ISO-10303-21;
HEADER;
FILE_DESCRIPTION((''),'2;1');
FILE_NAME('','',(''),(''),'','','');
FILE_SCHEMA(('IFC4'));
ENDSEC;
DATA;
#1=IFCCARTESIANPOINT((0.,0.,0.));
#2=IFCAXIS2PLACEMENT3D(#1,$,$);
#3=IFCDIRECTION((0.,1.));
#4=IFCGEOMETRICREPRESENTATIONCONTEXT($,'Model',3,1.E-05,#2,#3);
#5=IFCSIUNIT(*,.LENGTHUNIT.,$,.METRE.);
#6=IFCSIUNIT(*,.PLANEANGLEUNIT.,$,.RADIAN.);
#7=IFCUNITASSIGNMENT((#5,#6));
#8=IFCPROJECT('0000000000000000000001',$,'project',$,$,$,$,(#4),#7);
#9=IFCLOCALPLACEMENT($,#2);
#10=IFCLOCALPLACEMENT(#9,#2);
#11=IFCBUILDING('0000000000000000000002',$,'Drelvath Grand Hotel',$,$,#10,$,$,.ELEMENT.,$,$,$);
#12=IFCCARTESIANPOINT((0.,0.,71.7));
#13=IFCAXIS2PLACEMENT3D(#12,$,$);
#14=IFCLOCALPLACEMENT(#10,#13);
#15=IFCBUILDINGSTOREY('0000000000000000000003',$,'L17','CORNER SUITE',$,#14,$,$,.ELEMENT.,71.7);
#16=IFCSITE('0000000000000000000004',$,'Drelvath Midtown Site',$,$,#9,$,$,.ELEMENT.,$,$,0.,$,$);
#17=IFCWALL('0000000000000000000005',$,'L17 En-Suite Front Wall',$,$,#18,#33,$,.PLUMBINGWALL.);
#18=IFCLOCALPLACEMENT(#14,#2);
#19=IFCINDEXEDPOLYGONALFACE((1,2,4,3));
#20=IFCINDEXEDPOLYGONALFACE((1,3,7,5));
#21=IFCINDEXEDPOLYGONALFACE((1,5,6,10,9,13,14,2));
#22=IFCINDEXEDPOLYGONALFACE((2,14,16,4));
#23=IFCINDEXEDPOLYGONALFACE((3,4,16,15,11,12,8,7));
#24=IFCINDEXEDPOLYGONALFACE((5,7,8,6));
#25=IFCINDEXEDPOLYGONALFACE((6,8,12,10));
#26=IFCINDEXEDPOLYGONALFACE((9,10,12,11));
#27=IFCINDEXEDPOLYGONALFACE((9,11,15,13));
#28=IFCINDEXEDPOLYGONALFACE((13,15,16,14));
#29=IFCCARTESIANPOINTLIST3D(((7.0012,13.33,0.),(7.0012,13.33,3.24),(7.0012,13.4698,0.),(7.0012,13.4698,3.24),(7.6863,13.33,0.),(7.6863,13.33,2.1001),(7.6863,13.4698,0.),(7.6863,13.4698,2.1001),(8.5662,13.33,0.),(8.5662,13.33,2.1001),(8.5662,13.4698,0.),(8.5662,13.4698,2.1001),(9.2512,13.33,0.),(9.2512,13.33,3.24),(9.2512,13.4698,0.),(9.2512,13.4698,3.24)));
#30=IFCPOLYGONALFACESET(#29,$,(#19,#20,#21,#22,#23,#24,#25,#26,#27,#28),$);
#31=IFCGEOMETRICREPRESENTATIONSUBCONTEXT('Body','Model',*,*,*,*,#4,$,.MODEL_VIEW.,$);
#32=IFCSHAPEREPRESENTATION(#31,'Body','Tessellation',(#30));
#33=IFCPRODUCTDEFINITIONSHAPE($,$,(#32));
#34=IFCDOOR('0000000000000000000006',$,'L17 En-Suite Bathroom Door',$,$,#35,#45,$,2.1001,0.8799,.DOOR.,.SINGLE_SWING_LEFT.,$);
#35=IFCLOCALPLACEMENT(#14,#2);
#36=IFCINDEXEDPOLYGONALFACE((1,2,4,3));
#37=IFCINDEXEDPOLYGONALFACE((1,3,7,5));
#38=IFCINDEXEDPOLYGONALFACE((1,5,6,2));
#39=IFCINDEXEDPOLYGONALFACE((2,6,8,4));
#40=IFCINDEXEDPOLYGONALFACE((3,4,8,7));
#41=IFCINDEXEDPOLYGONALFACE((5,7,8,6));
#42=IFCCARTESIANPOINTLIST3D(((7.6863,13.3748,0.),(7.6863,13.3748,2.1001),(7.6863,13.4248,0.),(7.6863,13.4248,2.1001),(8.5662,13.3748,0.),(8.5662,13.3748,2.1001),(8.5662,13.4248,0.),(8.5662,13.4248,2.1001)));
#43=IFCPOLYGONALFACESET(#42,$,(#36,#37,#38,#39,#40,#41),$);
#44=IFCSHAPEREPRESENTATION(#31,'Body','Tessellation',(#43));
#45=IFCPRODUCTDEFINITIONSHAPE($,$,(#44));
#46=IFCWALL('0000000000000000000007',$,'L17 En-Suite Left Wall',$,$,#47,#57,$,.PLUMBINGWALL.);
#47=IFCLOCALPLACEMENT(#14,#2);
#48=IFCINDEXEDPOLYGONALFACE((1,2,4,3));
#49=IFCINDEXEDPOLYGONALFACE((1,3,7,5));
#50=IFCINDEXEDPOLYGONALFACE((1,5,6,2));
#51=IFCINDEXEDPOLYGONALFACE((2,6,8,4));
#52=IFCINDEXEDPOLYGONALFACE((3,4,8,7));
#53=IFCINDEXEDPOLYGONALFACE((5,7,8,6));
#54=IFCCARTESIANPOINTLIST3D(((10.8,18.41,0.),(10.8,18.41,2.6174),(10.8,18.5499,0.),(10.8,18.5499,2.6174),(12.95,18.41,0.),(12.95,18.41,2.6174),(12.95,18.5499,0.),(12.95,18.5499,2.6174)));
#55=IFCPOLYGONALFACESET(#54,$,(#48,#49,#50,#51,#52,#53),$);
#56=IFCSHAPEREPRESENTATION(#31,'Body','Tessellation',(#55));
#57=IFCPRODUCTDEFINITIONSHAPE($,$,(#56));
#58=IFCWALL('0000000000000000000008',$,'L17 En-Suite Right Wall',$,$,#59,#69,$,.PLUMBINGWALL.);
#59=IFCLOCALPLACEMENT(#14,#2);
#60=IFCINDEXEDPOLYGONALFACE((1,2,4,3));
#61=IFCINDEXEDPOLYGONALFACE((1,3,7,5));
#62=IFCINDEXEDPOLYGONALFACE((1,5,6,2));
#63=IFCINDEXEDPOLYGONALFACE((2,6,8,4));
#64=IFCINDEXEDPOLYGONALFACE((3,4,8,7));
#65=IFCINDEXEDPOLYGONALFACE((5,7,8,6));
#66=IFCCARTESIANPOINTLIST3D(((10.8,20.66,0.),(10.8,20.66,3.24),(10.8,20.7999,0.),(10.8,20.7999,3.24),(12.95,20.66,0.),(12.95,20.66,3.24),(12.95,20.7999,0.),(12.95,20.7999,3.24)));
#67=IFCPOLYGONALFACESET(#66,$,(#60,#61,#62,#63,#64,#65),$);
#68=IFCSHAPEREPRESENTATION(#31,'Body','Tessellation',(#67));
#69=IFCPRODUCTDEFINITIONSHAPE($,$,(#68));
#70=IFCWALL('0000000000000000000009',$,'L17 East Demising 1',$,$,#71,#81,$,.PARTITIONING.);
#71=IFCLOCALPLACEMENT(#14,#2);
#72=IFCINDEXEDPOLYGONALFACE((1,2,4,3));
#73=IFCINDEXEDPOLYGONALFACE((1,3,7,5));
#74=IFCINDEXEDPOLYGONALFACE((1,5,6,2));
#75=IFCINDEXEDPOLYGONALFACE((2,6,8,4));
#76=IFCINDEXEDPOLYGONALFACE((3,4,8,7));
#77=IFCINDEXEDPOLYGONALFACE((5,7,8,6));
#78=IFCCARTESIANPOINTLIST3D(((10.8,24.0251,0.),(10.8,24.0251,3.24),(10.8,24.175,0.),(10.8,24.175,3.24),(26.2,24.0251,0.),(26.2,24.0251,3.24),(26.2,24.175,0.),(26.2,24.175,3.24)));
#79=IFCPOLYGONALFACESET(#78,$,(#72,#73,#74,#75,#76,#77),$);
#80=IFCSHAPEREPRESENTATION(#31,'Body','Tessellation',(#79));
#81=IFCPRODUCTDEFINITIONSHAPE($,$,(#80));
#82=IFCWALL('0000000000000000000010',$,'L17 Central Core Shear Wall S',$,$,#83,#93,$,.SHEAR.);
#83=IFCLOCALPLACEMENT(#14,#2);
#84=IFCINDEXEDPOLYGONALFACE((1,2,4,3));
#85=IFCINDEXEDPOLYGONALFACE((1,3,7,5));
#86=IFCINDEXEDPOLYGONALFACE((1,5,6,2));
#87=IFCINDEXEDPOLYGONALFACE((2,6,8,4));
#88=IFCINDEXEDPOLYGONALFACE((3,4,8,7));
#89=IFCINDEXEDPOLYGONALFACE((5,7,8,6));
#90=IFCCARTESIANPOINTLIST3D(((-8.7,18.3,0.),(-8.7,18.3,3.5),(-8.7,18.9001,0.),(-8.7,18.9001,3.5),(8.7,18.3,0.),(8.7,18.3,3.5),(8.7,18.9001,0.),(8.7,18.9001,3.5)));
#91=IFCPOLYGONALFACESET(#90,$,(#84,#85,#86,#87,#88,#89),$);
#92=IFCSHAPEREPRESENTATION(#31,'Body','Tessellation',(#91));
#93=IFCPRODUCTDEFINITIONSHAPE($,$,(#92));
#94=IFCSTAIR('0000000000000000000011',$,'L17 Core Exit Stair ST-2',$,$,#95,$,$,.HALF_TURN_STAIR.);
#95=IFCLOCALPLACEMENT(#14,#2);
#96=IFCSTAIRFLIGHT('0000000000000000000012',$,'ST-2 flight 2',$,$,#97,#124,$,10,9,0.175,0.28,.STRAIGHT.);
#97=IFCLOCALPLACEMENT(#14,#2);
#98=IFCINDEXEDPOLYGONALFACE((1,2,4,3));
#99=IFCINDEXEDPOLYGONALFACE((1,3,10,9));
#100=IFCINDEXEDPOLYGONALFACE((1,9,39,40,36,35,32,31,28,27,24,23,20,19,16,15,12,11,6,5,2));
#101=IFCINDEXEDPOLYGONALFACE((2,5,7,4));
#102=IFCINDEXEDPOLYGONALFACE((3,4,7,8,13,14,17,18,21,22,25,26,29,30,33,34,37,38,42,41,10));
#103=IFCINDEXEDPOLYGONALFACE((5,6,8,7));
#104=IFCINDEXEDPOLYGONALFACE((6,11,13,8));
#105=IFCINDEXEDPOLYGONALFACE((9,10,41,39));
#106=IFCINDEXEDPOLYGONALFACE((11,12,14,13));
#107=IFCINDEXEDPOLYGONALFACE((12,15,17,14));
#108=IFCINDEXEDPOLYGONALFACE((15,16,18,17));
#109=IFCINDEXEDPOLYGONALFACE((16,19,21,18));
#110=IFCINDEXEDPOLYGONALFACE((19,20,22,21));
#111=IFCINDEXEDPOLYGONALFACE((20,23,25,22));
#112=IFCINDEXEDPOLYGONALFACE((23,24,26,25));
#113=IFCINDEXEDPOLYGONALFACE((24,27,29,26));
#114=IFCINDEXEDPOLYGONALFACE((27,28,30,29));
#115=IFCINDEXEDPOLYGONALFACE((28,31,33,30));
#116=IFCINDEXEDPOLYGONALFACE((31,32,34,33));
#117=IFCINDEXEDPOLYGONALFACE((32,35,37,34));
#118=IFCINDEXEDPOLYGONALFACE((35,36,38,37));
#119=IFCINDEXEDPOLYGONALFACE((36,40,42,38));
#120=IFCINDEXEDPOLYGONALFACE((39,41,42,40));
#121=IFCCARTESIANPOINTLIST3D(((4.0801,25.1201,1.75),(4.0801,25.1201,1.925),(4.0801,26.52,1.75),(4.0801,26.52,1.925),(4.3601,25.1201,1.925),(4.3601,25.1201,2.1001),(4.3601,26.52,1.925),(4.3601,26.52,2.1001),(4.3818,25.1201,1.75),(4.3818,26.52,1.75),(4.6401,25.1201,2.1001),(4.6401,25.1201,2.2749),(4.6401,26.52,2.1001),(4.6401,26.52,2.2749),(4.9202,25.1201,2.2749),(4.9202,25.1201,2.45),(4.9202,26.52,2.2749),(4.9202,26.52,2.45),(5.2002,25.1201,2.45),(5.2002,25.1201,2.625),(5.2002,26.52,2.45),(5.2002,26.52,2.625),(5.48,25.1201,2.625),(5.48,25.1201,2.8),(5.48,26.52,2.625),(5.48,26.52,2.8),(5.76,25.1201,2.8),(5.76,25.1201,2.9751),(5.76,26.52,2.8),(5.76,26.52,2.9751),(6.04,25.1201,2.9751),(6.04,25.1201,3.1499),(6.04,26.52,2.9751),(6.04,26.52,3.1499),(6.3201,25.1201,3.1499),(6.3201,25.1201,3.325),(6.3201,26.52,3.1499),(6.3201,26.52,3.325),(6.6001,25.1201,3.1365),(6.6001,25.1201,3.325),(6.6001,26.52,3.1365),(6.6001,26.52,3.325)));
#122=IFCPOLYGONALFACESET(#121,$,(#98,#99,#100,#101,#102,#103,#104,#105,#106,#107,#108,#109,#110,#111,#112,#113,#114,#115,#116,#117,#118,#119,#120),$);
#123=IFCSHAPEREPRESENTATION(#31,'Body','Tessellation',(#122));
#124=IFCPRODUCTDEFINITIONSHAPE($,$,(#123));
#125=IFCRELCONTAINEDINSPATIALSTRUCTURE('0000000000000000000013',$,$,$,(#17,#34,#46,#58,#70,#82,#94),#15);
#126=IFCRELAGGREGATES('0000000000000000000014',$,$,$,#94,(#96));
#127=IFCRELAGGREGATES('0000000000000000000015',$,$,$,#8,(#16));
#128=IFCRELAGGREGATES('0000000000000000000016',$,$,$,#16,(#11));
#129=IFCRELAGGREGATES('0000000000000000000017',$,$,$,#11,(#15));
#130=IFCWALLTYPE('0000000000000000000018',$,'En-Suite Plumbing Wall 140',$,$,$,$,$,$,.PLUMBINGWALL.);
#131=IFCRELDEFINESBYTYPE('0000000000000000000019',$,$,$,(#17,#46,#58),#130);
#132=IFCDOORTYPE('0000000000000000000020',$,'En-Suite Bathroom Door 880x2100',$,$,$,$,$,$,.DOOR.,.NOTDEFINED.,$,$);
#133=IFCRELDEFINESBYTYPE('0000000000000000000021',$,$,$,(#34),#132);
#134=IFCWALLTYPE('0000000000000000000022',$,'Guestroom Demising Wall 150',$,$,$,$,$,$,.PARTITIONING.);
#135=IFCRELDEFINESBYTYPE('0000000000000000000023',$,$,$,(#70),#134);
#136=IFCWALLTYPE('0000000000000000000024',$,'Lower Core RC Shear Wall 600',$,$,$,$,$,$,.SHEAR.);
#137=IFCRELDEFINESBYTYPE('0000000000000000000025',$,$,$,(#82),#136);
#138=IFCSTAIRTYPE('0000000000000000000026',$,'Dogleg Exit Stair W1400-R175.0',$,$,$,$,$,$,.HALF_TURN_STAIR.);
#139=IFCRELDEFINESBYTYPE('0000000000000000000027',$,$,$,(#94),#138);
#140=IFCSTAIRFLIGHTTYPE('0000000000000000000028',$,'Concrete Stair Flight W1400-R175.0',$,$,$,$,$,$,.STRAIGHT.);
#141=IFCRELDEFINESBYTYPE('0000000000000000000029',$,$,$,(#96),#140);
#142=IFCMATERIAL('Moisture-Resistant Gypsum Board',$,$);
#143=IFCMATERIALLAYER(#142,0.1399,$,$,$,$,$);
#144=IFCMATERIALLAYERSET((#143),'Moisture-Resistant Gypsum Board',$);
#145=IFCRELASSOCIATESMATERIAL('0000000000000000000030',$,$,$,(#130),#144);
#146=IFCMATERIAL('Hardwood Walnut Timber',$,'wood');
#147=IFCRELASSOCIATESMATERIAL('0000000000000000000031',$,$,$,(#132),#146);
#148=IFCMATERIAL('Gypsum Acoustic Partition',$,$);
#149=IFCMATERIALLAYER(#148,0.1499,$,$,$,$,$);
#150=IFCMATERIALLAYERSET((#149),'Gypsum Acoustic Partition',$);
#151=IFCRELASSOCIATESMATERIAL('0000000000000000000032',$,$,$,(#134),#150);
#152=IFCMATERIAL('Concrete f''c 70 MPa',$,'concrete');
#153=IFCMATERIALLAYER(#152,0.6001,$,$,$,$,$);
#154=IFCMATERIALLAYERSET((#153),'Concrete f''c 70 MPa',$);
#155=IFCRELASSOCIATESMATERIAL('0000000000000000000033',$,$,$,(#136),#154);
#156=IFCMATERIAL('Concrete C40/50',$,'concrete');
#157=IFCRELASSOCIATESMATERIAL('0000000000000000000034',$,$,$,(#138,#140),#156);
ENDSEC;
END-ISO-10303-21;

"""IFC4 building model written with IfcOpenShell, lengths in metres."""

from ifc_helpers import new_model, si_unit, direction, frame, frame_2d, origin, place, context, subcontext, project, spatial, polyline, rectangle, outline, extrude, material, layer, layer_set, type_object, element, fill, aggregate, save


model = new_model("IFC4")

# Units and contexts
model_context = context("Model", 3, precision=1e-05, world=origin(), true_north=direction((0.0, 1.0)))
body_context = subcontext(model_context, "Body", "Model", "MODEL_VIEW")
ifc_project = project(units=[si_unit("LENGTHUNIT", "METRE"), si_unit("PLANEANGLEUNIT", "RADIAN")], contexts=[model_context])

# Site, building, storey
site_placement = place(None, origin())
site = spatial("IfcSite", under=ifc_project, at=site_placement, Name="Drelvath Midtown Site", CompositionType="ELEMENT", RefElevation=0.0)
building_placement = place(site_placement, origin())
building = spatial("IfcBuilding", under=site, at=building_placement, Name="Drelvath Grand Hotel", CompositionType="ELEMENT")
storey_placement = place(building_placement, frame((0.0, 0.0, 71.7)))
storey = spatial("IfcBuildingStorey", under=building, at=storey_placement, Name="L17", Description="CORNER SUITE", CompositionType="ELEMENT", Elevation=71.7)

# Shared definitions
ifc_material_1 = material(Name="Concrete f'c 70 MPa", Category="concrete")

# Shared definitions
ifc_material_2 = material(Name="Concrete C40/50", Category="concrete")

# Shared definitions
ifc_material_3 = material(Name="Hardwood Walnut Timber", Category="wood")

# Shared definitions
ifc_material_4 = material(Name="Moisture-Resistant Gypsum Board")
ifc_layer_1 = layer(ifc_material_4, 0.1399)
ifc_layer_set_1 = layer_set([ifc_layer_1], Name="Moisture-Resistant Gypsum Board")
wall_type_1 = type_object("IfcWallType", Name="En-Suite Plumbing Wall 140", PredefinedType="PLUMBINGWALL", material=ifc_layer_set_1)

# Wall, opening, door
wall_1_placement = place(storey_placement, frame((7.0012, 13.3999, 0.0), z_axis=(0.0, 0.0, 1.0), x_axis=(1.0, 0.0, 0.0)))
wall_1 = element("IfcWall", 1, at=wall_1_placement, inside=storey, type_object=wall_type_1, Name="L17 En-Suite Front Wall", PredefinedType="PLUMBINGWALL", context=body_context, shape_type="SweptSolid", body=[
    extrude(rectangle(XDim=2.25, YDim=0.1399, at=frame_2d((1.125, 0.0))), origin(), (0.0, 0.0, 1.0), 3.24),
])
opening_1_placement = place(wall_1_placement, frame((0.6851, 0.0, 0.0)))
opening_1 = element("IfcOpeningElement", 2, at=opening_1_placement, cuts=wall_1, PredefinedType="OPENING", context=body_context, shape_type="SweptSolid", body=[
    extrude(rectangle(XDim=0.8799, YDim=2.1001, at=frame_2d((0.4399, 1.05))), frame((0.0, 0.0798, 0.0), z_axis=(0.0, -1.0, 0.0), x_axis=(1.0, 0.0, 0.0)), (0.0, 0.0, 1.0), 0.1599),
])
door_type_1 = type_object("IfcDoorType", Name="En-Suite Bathroom Door 880x2100", OperationType="NOTDEFINED", PredefinedType="DOOR", material=ifc_material_3)
door_1_placement = place(opening_1_placement, origin())
door_1 = element("IfcDoor", 3, at=door_1_placement, inside=storey, type_object=door_type_1, Name="L17 En-Suite Bathroom Door", OperationType="SINGLE_SWING_LEFT", OverallHeight=2.1001, OverallWidth=0.8799, PredefinedType="DOOR", context=body_context, shape_type="SweptSolid", body=[
    extrude(rectangle(XDim=0.8799, YDim=2.1001, at=frame_2d((0.4399, 1.05))), frame((0.0, 0.0249, 0.0), z_axis=(0.0, -1.0, 0.0), x_axis=(1.0, 0.0, 0.0)), (0.0, 0.0, 1.0), 0.05),
])
fill(opening_1, door_1)

# Walls
wall_2_placement = place(storey_placement, frame((10.8, 18.48, 0.0), z_axis=(0.0, 0.0, 1.0), x_axis=(1.0, 0.0, 0.0)))
element("IfcWall", 4, at=wall_2_placement, inside=storey, type_object=wall_type_1, Name="L17 En-Suite Left Wall", PredefinedType="PLUMBINGWALL", context=body_context, shape_type="SweptSolid", body=[
    extrude(rectangle(XDim=2.1499, YDim=0.1399, at=frame_2d((1.075, 0.0))), origin(), (0.0, 0.0, 1.0), 2.6174),
])
wall_3_placement = place(storey_placement, frame((10.8, 20.73, 0.0), z_axis=(0.0, 0.0, 1.0), x_axis=(1.0, 0.0, 0.0)))
element("IfcWall", 5, at=wall_3_placement, inside=storey, type_object=wall_type_1, Name="L17 En-Suite Right Wall", PredefinedType="PLUMBINGWALL", context=body_context, shape_type="SweptSolid", body=[
    extrude(rectangle(XDim=2.1499, YDim=0.1399, at=frame_2d((1.075, 0.0))), origin(), (0.0, 0.0, 1.0), 3.24),
])
ifc_material_5 = material(Name="Gypsum Acoustic Partition")
ifc_layer_2 = layer(ifc_material_5, 0.1499)
ifc_layer_set_2 = layer_set([ifc_layer_2], Name="Gypsum Acoustic Partition")
wall_type_2 = type_object("IfcWallType", Name="Guestroom Demising Wall 150", PredefinedType="PARTITIONING", material=ifc_layer_set_2)
wall_4_placement = place(storey_placement, frame((10.8, 24.1001, 0.0), z_axis=(0.0, 0.0, 1.0), x_axis=(1.0, 0.0, 0.0)))
element("IfcWall", 6, at=wall_4_placement, inside=storey, type_object=wall_type_2, Name="L17 East Demising 1", PredefinedType="PARTITIONING", context=body_context, shape_type="SweptSolid", body=[
    extrude(rectangle(XDim=15.3999, YDim=0.1499, at=frame_2d((7.7, 0.0))), origin(), (0.0, 0.0, 1.0), 3.24),
])
ifc_layer_3 = layer(ifc_material_1, 0.6001)
ifc_layer_set_3 = layer_set([ifc_layer_3], Name="Concrete f'c 70 MPa")
wall_type_3 = type_object("IfcWallType", Name="Lower Core RC Shear Wall 600", PredefinedType="SHEAR", material=ifc_layer_set_3)
wall_5_placement = place(storey_placement, frame((8.7, 18.6001, 0.0), z_axis=(0.0, 0.0, 1.0), x_axis=(-1.0, 0.0, 0.0)))
element("IfcWall", 7, at=wall_5_placement, inside=storey, type_object=wall_type_3, Name="L17 Central Core Shear Wall S", PredefinedType="SHEAR", context=body_context, shape_type="SweptSolid", body=[
    extrude(rectangle(XDim=17.3999, YDim=0.6001, at=frame_2d((8.7, 0.0))), origin(), (0.0, 0.0, 1.0), 3.5),
])

# Stair, stair flight
stair_type = type_object("IfcStairType", Name="Dogleg Exit Stair W1400-R175.0", PredefinedType="HALF_TURN_STAIR", material=ifc_material_2)
stair_placement = place(storey_placement, origin())
stair = element("IfcStair", 8, at=stair_placement, inside=storey, type_object=stair_type, Name="L17 Core Exit Stair ST-2", PredefinedType="HALF_TURN_STAIR")
stair_flight_type = type_object("IfcStairFlightType", Name="Concrete Stair Flight W1400-R175.0", PredefinedType="STRAIGHT", material=ifc_material_2)
stair_flight_placement = place(storey_placement, frame((4.0801, 25.8201, 1.75), z_axis=(0.0, 0.0, 1.0), x_axis=(1.0, 0.0, 0.0)))
stair_flight = element("IfcStairFlight", 9, at=stair_flight_placement, type_object=stair_flight_type, Name="ST-2 flight 2", NumberOfRisers=10, NumberOfTreads=9, PredefinedType="STRAIGHT", RiserHeight=0.175, TreadLength=0.28, context=body_context, shape_type="SweptSolid", body=[
    extrude(outline(polyline([(0.0, 0.0), (0.0, 0.175), (0.28, 0.175), (0.28, 0.3501), (0.5601, 0.3501), (0.5601, 0.5249), (0.8401, 0.5249), (0.8401, 0.7), (1.1201, 0.7), (1.1201, 0.875), (1.3999, 0.875), (1.3999, 1.05), (1.6799, 1.05), (1.6799, 1.2251), (1.96, 1.2251), (1.96, 1.3999), (2.24, 1.3999), (2.24, 1.575), (2.52, 1.575), (2.52, 1.75), (2.52, 1.3865), (0.3018, 0.0), (0.0, 0.0)])), frame((0.0, 0.7, 0.0), z_axis=(0.0, -1.0, 0.0), x_axis=(1.0, 0.0, 0.0)), (0.0, 0.0, 1.0), 1.3999),
])
aggregate(stair, [stair_flight])

save(model, "model.ifc")
